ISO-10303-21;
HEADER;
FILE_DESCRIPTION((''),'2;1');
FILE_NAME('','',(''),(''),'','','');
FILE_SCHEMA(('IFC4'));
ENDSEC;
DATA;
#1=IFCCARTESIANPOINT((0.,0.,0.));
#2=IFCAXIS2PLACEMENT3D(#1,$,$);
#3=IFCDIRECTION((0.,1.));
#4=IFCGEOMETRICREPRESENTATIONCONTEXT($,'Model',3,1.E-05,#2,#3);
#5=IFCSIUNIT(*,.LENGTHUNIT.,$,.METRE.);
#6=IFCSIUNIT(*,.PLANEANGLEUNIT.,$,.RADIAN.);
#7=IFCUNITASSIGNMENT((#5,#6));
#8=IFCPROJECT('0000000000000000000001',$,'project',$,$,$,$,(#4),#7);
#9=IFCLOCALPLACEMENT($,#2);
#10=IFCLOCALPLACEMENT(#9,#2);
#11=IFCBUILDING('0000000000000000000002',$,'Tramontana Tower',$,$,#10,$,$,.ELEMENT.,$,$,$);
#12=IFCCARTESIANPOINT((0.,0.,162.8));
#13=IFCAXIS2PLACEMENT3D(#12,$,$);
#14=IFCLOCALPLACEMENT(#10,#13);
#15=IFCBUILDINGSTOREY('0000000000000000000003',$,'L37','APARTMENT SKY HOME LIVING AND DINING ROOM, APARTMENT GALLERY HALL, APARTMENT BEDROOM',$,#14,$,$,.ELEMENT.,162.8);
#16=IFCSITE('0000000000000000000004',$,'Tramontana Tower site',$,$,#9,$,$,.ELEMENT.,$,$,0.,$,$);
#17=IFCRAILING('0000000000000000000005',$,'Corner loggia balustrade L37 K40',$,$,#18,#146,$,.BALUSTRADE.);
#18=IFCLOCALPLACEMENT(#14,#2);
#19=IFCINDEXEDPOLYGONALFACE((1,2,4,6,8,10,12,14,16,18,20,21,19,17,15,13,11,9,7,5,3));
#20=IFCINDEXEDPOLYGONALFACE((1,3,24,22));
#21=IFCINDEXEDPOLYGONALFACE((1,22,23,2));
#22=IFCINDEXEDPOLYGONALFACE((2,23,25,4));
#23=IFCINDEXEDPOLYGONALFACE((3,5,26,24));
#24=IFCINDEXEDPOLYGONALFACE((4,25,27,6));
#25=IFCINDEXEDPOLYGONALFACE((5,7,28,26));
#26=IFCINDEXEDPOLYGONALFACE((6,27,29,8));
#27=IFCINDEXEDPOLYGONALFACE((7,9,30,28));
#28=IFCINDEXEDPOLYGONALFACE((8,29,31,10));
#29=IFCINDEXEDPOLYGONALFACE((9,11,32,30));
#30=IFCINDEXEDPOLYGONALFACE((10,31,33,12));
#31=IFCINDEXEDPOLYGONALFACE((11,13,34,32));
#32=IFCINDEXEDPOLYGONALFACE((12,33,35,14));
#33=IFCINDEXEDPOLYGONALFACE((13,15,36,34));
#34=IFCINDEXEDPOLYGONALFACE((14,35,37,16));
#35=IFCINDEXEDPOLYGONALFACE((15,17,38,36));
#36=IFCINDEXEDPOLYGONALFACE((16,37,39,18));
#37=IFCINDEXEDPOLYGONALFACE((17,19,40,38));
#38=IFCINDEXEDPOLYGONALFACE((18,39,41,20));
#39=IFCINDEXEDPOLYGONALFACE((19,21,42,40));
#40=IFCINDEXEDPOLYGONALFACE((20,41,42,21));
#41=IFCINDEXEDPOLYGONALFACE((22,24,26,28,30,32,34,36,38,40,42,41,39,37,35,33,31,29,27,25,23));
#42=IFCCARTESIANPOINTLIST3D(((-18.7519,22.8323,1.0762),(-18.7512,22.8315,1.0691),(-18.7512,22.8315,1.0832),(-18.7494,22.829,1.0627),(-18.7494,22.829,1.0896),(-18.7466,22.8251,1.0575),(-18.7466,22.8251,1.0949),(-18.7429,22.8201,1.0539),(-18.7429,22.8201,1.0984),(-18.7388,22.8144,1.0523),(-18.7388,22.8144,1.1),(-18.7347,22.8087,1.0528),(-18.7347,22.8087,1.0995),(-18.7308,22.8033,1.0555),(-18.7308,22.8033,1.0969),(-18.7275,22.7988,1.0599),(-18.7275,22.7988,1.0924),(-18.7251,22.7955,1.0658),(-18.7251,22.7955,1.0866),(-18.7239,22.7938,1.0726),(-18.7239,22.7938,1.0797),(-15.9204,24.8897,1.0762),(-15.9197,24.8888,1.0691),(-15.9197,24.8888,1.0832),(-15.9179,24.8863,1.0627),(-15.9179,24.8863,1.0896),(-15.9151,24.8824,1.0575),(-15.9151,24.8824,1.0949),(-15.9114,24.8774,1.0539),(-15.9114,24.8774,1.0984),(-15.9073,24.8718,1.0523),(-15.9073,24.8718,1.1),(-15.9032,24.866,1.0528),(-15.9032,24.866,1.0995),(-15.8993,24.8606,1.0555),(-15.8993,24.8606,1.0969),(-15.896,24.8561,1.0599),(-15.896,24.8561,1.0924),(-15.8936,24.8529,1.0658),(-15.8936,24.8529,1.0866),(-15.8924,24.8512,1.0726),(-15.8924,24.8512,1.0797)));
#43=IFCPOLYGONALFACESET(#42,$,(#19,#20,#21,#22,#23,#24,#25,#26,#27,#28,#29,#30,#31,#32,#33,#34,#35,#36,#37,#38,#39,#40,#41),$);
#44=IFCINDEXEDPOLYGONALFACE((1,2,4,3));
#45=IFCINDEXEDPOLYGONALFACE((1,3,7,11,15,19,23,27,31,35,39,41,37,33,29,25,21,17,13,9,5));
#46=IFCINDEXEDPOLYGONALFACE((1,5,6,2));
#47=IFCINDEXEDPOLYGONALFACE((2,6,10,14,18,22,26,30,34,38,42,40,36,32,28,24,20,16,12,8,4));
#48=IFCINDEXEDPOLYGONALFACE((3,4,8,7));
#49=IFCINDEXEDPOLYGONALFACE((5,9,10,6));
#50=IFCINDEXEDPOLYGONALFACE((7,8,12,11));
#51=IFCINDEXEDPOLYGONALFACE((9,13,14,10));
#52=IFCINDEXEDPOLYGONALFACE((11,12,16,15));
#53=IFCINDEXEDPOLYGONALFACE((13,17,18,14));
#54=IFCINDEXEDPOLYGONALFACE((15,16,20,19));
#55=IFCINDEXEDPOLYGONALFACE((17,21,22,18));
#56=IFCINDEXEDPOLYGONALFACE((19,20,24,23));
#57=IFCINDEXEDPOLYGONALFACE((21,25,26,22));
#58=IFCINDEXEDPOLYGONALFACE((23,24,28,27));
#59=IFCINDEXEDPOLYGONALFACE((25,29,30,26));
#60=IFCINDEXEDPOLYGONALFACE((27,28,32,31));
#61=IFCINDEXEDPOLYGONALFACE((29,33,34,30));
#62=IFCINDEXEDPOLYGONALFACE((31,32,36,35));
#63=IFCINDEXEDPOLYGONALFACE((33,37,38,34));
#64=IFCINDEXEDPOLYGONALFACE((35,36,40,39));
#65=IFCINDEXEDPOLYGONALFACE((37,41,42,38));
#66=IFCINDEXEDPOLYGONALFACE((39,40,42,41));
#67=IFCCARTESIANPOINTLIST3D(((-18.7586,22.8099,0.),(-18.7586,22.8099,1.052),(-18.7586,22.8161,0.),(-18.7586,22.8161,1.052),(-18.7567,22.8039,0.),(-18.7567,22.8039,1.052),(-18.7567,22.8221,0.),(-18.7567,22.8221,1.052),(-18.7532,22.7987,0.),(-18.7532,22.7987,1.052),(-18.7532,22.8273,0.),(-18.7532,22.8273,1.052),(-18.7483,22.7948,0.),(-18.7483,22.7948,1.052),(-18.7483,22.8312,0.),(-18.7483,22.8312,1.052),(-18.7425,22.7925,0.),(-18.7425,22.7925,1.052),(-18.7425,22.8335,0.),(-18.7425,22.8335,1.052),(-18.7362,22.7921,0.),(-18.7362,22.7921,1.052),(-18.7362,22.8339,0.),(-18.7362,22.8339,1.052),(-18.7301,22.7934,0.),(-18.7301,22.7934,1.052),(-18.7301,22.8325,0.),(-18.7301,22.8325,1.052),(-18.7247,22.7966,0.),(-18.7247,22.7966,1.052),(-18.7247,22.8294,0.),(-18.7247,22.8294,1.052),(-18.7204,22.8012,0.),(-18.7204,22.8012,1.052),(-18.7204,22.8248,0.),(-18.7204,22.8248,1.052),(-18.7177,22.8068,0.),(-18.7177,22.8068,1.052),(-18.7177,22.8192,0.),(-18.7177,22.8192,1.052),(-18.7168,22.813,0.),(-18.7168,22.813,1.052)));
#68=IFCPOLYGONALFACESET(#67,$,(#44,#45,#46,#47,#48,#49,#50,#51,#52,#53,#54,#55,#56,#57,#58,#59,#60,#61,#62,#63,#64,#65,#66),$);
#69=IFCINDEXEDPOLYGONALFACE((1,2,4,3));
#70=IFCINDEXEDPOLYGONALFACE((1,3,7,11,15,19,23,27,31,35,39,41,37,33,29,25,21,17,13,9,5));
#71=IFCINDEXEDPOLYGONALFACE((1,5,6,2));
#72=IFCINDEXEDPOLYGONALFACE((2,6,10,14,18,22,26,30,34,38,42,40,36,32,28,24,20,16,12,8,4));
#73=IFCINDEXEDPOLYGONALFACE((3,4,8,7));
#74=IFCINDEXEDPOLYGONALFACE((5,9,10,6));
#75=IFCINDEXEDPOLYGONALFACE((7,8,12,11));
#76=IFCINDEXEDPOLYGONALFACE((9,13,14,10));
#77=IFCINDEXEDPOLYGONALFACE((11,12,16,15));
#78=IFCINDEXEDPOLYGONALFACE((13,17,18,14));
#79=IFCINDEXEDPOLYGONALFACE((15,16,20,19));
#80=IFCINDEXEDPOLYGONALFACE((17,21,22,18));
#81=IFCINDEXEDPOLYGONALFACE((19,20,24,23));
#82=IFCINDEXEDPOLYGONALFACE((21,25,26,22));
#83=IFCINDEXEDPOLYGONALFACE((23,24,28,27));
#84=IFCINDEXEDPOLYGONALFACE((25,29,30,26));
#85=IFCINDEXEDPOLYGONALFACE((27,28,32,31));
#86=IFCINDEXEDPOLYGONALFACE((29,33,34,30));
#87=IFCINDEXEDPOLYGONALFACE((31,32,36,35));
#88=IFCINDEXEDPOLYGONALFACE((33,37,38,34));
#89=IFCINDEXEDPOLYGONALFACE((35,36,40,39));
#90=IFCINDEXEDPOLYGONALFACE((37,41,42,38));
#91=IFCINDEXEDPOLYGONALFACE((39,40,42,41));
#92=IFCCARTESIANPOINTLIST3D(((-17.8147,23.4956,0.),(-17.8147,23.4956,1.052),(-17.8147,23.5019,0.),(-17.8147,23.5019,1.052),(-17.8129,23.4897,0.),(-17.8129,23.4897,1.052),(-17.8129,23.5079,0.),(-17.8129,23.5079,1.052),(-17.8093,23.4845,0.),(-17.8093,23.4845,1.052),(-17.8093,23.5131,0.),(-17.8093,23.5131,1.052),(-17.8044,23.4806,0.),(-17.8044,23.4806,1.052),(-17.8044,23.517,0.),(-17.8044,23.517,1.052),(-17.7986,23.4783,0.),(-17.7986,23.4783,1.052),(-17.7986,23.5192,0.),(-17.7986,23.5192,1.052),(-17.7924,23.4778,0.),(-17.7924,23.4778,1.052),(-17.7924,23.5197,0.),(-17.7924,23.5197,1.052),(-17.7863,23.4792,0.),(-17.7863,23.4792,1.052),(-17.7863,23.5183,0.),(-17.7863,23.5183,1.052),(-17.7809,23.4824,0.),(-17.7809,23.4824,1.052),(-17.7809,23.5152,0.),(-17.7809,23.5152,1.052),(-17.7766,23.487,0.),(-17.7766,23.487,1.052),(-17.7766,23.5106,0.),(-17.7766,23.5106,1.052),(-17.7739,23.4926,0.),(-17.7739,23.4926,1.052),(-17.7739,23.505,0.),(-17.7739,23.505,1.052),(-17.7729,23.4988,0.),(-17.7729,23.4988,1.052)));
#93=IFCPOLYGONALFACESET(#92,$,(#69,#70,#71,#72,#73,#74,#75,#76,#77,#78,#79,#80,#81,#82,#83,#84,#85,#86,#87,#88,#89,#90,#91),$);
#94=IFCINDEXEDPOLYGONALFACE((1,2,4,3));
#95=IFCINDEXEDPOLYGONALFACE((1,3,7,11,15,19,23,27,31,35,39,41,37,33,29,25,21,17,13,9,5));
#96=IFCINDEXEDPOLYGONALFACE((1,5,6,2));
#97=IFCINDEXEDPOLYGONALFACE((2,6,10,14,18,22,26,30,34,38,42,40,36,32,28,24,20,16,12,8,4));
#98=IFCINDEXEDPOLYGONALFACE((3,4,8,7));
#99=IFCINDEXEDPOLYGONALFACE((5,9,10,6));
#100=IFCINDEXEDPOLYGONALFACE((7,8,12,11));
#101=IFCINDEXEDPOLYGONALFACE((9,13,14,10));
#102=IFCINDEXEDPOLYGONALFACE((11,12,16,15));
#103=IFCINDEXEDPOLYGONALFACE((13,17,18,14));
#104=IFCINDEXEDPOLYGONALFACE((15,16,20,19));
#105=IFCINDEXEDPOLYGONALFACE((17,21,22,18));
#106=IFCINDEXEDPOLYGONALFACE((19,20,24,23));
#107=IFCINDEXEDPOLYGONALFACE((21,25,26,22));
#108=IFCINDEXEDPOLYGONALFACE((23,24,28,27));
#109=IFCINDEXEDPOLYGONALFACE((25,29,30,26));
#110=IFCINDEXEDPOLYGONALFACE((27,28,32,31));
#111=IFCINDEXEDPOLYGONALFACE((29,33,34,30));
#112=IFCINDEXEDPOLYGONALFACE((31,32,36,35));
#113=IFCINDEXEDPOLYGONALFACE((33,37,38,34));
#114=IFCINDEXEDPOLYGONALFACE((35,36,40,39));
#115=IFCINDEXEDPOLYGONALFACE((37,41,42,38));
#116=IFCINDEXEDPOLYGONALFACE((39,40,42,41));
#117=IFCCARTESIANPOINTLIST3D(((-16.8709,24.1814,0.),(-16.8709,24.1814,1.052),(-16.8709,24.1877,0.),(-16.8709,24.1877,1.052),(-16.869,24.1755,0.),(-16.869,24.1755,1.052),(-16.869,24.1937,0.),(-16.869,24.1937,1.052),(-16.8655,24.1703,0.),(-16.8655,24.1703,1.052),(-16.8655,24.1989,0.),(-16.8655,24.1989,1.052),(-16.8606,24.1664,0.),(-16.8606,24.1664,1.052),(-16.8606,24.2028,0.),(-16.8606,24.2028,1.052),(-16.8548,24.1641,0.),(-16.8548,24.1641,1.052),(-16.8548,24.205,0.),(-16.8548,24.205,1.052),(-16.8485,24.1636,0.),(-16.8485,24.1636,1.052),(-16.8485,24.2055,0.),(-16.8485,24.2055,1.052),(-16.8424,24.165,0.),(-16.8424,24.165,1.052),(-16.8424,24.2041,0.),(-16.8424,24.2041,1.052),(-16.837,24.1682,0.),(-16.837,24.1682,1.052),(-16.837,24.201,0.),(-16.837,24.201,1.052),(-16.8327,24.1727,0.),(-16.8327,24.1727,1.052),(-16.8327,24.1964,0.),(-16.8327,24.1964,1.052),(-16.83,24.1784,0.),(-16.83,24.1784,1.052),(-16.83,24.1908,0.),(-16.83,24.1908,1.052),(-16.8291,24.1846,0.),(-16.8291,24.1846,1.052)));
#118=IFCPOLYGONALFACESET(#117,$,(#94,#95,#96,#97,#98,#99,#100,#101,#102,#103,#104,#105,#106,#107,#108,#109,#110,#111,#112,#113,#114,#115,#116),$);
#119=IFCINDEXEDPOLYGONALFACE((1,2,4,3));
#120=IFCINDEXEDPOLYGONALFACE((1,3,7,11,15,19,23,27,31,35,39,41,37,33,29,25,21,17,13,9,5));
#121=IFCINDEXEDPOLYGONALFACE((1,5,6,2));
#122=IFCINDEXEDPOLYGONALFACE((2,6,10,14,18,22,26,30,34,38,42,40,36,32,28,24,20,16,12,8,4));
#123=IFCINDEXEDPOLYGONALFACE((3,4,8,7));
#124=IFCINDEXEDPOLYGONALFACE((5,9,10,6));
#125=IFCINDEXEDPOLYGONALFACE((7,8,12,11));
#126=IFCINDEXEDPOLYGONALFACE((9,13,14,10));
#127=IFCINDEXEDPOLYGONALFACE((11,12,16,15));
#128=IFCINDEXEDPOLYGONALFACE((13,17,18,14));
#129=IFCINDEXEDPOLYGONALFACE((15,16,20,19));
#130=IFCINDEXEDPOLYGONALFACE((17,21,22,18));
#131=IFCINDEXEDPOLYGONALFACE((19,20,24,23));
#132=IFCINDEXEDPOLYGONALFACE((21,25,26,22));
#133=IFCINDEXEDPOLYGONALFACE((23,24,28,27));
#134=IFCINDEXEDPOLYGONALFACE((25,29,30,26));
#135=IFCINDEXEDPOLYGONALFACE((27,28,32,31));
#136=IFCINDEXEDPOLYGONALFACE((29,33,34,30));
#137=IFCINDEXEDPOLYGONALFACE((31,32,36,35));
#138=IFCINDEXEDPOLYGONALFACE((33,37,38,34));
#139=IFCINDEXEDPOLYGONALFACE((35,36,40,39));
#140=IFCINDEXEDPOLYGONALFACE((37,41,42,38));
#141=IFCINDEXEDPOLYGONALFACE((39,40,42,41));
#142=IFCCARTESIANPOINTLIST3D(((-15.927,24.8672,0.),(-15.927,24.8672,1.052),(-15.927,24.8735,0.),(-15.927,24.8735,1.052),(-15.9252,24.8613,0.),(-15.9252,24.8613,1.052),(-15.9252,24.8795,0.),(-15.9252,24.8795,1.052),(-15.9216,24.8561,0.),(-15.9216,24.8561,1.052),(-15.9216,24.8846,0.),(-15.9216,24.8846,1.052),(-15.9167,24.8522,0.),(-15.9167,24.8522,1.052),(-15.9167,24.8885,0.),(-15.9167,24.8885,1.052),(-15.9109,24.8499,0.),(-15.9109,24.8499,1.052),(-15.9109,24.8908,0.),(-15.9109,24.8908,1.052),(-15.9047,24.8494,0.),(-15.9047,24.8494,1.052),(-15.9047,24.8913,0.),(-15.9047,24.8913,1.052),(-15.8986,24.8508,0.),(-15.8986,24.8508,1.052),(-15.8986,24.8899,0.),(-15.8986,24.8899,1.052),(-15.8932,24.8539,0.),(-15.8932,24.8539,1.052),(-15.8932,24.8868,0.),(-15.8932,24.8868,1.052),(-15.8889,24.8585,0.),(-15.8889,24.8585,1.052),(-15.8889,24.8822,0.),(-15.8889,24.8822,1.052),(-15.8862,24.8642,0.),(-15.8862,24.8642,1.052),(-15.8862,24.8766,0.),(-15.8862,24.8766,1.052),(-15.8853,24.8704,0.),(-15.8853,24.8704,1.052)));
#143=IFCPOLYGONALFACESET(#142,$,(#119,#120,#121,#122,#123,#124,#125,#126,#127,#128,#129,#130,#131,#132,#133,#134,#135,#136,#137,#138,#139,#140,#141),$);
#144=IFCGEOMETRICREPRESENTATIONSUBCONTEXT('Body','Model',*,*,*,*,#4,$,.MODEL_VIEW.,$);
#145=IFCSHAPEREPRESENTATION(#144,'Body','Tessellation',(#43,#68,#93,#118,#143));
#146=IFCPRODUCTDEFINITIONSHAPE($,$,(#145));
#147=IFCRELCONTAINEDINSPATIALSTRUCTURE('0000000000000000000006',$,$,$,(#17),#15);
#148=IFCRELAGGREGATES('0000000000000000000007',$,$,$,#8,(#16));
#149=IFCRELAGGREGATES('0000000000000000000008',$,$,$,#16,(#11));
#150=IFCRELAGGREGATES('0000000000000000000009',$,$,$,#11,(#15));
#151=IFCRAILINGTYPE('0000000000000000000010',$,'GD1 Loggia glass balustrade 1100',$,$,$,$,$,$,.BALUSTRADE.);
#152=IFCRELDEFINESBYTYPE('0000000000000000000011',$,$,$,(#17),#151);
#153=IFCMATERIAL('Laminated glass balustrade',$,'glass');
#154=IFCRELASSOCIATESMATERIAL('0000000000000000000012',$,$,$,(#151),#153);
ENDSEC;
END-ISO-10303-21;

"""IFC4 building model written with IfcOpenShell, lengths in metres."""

from ifc_helpers import new_model, si_unit, direction, frame, origin, origin_2d, place, context, subcontext, project, spatial, circle, extrude, material, type_object, element, save


model = new_model("IFC4")

# Units and contexts
model_context = context("Model", 3, precision=1e-05, world=origin(), true_north=direction((0.0, 1.0)))
body_context = subcontext(model_context, "Body", "Model", "MODEL_VIEW")
ifc_project = project(units=[si_unit("LENGTHUNIT", "METRE"), si_unit("PLANEANGLEUNIT", "RADIAN")], contexts=[model_context])

# Site, building, storey
site_placement = place(None, origin())
site = spatial("IfcSite", under=ifc_project, at=site_placement, Name="Tramontana Tower site", CompositionType="ELEMENT", RefElevation=0.0)
building_placement = place(site_placement, origin())
building = spatial("IfcBuilding", under=site, at=building_placement, Name="Tramontana Tower", CompositionType="ELEMENT")
storey_placement = place(building_placement, frame((0.0, 0.0, 162.8)))
storey = spatial("IfcBuildingStorey", under=building, at=storey_placement, Name="L37", Description="APARTMENT SKY HOME LIVING AND DINING ROOM, APARTMENT GALLERY HALL, APARTMENT BEDROOM", CompositionType="ELEMENT", Elevation=162.8)

# Railing
ifc_material_1 = material(Name="Laminated glass balustrade", Category="glass")
railing_type = type_object("IfcRailingType", Name="GD1 Loggia glass balustrade 1100", PredefinedType="BALUSTRADE", material=ifc_material_1)
railing_1_placement = place(storey_placement, frame((-18.7378, 22.813, 0.0)))
element("IfcRailing", 1, at=railing_1_placement, inside=storey, type_object=railing_type, Name="Corner loggia balustrade L37 K40", PredefinedType="BALUSTRADE", context=body_context, shape_type="SweptSolid", body=[
    extrude(circle(Radius=0.0239, at=origin_2d()), frame((0.0, 0.0, 1.0762), z_axis=(0.808998, 0.587811, 0.0), x_axis=(-0.587811, 0.808998, 0.0)), (0.0, 0.0, 1.0), 3.5),
    extrude(circle(Radius=0.021, at=origin_2d()), origin(), (0.0, 0.0, 1.0), 1.052),
    extrude(circle(Radius=0.021, at=origin_2d()), frame((0.9438, 0.6858, 0.0)), (0.0, 0.0, 1.0), 1.052),
    extrude(circle(Radius=0.021, at=origin_2d()), frame((1.8877, 1.3716, 0.0)), (0.0, 0.0, 1.0), 1.052),
    extrude(circle(Radius=0.021, at=origin_2d()), frame((2.8315, 2.0574, 0.0)), (0.0, 0.0, 1.0), 1.052),
])

save(model, "model.ifc")
